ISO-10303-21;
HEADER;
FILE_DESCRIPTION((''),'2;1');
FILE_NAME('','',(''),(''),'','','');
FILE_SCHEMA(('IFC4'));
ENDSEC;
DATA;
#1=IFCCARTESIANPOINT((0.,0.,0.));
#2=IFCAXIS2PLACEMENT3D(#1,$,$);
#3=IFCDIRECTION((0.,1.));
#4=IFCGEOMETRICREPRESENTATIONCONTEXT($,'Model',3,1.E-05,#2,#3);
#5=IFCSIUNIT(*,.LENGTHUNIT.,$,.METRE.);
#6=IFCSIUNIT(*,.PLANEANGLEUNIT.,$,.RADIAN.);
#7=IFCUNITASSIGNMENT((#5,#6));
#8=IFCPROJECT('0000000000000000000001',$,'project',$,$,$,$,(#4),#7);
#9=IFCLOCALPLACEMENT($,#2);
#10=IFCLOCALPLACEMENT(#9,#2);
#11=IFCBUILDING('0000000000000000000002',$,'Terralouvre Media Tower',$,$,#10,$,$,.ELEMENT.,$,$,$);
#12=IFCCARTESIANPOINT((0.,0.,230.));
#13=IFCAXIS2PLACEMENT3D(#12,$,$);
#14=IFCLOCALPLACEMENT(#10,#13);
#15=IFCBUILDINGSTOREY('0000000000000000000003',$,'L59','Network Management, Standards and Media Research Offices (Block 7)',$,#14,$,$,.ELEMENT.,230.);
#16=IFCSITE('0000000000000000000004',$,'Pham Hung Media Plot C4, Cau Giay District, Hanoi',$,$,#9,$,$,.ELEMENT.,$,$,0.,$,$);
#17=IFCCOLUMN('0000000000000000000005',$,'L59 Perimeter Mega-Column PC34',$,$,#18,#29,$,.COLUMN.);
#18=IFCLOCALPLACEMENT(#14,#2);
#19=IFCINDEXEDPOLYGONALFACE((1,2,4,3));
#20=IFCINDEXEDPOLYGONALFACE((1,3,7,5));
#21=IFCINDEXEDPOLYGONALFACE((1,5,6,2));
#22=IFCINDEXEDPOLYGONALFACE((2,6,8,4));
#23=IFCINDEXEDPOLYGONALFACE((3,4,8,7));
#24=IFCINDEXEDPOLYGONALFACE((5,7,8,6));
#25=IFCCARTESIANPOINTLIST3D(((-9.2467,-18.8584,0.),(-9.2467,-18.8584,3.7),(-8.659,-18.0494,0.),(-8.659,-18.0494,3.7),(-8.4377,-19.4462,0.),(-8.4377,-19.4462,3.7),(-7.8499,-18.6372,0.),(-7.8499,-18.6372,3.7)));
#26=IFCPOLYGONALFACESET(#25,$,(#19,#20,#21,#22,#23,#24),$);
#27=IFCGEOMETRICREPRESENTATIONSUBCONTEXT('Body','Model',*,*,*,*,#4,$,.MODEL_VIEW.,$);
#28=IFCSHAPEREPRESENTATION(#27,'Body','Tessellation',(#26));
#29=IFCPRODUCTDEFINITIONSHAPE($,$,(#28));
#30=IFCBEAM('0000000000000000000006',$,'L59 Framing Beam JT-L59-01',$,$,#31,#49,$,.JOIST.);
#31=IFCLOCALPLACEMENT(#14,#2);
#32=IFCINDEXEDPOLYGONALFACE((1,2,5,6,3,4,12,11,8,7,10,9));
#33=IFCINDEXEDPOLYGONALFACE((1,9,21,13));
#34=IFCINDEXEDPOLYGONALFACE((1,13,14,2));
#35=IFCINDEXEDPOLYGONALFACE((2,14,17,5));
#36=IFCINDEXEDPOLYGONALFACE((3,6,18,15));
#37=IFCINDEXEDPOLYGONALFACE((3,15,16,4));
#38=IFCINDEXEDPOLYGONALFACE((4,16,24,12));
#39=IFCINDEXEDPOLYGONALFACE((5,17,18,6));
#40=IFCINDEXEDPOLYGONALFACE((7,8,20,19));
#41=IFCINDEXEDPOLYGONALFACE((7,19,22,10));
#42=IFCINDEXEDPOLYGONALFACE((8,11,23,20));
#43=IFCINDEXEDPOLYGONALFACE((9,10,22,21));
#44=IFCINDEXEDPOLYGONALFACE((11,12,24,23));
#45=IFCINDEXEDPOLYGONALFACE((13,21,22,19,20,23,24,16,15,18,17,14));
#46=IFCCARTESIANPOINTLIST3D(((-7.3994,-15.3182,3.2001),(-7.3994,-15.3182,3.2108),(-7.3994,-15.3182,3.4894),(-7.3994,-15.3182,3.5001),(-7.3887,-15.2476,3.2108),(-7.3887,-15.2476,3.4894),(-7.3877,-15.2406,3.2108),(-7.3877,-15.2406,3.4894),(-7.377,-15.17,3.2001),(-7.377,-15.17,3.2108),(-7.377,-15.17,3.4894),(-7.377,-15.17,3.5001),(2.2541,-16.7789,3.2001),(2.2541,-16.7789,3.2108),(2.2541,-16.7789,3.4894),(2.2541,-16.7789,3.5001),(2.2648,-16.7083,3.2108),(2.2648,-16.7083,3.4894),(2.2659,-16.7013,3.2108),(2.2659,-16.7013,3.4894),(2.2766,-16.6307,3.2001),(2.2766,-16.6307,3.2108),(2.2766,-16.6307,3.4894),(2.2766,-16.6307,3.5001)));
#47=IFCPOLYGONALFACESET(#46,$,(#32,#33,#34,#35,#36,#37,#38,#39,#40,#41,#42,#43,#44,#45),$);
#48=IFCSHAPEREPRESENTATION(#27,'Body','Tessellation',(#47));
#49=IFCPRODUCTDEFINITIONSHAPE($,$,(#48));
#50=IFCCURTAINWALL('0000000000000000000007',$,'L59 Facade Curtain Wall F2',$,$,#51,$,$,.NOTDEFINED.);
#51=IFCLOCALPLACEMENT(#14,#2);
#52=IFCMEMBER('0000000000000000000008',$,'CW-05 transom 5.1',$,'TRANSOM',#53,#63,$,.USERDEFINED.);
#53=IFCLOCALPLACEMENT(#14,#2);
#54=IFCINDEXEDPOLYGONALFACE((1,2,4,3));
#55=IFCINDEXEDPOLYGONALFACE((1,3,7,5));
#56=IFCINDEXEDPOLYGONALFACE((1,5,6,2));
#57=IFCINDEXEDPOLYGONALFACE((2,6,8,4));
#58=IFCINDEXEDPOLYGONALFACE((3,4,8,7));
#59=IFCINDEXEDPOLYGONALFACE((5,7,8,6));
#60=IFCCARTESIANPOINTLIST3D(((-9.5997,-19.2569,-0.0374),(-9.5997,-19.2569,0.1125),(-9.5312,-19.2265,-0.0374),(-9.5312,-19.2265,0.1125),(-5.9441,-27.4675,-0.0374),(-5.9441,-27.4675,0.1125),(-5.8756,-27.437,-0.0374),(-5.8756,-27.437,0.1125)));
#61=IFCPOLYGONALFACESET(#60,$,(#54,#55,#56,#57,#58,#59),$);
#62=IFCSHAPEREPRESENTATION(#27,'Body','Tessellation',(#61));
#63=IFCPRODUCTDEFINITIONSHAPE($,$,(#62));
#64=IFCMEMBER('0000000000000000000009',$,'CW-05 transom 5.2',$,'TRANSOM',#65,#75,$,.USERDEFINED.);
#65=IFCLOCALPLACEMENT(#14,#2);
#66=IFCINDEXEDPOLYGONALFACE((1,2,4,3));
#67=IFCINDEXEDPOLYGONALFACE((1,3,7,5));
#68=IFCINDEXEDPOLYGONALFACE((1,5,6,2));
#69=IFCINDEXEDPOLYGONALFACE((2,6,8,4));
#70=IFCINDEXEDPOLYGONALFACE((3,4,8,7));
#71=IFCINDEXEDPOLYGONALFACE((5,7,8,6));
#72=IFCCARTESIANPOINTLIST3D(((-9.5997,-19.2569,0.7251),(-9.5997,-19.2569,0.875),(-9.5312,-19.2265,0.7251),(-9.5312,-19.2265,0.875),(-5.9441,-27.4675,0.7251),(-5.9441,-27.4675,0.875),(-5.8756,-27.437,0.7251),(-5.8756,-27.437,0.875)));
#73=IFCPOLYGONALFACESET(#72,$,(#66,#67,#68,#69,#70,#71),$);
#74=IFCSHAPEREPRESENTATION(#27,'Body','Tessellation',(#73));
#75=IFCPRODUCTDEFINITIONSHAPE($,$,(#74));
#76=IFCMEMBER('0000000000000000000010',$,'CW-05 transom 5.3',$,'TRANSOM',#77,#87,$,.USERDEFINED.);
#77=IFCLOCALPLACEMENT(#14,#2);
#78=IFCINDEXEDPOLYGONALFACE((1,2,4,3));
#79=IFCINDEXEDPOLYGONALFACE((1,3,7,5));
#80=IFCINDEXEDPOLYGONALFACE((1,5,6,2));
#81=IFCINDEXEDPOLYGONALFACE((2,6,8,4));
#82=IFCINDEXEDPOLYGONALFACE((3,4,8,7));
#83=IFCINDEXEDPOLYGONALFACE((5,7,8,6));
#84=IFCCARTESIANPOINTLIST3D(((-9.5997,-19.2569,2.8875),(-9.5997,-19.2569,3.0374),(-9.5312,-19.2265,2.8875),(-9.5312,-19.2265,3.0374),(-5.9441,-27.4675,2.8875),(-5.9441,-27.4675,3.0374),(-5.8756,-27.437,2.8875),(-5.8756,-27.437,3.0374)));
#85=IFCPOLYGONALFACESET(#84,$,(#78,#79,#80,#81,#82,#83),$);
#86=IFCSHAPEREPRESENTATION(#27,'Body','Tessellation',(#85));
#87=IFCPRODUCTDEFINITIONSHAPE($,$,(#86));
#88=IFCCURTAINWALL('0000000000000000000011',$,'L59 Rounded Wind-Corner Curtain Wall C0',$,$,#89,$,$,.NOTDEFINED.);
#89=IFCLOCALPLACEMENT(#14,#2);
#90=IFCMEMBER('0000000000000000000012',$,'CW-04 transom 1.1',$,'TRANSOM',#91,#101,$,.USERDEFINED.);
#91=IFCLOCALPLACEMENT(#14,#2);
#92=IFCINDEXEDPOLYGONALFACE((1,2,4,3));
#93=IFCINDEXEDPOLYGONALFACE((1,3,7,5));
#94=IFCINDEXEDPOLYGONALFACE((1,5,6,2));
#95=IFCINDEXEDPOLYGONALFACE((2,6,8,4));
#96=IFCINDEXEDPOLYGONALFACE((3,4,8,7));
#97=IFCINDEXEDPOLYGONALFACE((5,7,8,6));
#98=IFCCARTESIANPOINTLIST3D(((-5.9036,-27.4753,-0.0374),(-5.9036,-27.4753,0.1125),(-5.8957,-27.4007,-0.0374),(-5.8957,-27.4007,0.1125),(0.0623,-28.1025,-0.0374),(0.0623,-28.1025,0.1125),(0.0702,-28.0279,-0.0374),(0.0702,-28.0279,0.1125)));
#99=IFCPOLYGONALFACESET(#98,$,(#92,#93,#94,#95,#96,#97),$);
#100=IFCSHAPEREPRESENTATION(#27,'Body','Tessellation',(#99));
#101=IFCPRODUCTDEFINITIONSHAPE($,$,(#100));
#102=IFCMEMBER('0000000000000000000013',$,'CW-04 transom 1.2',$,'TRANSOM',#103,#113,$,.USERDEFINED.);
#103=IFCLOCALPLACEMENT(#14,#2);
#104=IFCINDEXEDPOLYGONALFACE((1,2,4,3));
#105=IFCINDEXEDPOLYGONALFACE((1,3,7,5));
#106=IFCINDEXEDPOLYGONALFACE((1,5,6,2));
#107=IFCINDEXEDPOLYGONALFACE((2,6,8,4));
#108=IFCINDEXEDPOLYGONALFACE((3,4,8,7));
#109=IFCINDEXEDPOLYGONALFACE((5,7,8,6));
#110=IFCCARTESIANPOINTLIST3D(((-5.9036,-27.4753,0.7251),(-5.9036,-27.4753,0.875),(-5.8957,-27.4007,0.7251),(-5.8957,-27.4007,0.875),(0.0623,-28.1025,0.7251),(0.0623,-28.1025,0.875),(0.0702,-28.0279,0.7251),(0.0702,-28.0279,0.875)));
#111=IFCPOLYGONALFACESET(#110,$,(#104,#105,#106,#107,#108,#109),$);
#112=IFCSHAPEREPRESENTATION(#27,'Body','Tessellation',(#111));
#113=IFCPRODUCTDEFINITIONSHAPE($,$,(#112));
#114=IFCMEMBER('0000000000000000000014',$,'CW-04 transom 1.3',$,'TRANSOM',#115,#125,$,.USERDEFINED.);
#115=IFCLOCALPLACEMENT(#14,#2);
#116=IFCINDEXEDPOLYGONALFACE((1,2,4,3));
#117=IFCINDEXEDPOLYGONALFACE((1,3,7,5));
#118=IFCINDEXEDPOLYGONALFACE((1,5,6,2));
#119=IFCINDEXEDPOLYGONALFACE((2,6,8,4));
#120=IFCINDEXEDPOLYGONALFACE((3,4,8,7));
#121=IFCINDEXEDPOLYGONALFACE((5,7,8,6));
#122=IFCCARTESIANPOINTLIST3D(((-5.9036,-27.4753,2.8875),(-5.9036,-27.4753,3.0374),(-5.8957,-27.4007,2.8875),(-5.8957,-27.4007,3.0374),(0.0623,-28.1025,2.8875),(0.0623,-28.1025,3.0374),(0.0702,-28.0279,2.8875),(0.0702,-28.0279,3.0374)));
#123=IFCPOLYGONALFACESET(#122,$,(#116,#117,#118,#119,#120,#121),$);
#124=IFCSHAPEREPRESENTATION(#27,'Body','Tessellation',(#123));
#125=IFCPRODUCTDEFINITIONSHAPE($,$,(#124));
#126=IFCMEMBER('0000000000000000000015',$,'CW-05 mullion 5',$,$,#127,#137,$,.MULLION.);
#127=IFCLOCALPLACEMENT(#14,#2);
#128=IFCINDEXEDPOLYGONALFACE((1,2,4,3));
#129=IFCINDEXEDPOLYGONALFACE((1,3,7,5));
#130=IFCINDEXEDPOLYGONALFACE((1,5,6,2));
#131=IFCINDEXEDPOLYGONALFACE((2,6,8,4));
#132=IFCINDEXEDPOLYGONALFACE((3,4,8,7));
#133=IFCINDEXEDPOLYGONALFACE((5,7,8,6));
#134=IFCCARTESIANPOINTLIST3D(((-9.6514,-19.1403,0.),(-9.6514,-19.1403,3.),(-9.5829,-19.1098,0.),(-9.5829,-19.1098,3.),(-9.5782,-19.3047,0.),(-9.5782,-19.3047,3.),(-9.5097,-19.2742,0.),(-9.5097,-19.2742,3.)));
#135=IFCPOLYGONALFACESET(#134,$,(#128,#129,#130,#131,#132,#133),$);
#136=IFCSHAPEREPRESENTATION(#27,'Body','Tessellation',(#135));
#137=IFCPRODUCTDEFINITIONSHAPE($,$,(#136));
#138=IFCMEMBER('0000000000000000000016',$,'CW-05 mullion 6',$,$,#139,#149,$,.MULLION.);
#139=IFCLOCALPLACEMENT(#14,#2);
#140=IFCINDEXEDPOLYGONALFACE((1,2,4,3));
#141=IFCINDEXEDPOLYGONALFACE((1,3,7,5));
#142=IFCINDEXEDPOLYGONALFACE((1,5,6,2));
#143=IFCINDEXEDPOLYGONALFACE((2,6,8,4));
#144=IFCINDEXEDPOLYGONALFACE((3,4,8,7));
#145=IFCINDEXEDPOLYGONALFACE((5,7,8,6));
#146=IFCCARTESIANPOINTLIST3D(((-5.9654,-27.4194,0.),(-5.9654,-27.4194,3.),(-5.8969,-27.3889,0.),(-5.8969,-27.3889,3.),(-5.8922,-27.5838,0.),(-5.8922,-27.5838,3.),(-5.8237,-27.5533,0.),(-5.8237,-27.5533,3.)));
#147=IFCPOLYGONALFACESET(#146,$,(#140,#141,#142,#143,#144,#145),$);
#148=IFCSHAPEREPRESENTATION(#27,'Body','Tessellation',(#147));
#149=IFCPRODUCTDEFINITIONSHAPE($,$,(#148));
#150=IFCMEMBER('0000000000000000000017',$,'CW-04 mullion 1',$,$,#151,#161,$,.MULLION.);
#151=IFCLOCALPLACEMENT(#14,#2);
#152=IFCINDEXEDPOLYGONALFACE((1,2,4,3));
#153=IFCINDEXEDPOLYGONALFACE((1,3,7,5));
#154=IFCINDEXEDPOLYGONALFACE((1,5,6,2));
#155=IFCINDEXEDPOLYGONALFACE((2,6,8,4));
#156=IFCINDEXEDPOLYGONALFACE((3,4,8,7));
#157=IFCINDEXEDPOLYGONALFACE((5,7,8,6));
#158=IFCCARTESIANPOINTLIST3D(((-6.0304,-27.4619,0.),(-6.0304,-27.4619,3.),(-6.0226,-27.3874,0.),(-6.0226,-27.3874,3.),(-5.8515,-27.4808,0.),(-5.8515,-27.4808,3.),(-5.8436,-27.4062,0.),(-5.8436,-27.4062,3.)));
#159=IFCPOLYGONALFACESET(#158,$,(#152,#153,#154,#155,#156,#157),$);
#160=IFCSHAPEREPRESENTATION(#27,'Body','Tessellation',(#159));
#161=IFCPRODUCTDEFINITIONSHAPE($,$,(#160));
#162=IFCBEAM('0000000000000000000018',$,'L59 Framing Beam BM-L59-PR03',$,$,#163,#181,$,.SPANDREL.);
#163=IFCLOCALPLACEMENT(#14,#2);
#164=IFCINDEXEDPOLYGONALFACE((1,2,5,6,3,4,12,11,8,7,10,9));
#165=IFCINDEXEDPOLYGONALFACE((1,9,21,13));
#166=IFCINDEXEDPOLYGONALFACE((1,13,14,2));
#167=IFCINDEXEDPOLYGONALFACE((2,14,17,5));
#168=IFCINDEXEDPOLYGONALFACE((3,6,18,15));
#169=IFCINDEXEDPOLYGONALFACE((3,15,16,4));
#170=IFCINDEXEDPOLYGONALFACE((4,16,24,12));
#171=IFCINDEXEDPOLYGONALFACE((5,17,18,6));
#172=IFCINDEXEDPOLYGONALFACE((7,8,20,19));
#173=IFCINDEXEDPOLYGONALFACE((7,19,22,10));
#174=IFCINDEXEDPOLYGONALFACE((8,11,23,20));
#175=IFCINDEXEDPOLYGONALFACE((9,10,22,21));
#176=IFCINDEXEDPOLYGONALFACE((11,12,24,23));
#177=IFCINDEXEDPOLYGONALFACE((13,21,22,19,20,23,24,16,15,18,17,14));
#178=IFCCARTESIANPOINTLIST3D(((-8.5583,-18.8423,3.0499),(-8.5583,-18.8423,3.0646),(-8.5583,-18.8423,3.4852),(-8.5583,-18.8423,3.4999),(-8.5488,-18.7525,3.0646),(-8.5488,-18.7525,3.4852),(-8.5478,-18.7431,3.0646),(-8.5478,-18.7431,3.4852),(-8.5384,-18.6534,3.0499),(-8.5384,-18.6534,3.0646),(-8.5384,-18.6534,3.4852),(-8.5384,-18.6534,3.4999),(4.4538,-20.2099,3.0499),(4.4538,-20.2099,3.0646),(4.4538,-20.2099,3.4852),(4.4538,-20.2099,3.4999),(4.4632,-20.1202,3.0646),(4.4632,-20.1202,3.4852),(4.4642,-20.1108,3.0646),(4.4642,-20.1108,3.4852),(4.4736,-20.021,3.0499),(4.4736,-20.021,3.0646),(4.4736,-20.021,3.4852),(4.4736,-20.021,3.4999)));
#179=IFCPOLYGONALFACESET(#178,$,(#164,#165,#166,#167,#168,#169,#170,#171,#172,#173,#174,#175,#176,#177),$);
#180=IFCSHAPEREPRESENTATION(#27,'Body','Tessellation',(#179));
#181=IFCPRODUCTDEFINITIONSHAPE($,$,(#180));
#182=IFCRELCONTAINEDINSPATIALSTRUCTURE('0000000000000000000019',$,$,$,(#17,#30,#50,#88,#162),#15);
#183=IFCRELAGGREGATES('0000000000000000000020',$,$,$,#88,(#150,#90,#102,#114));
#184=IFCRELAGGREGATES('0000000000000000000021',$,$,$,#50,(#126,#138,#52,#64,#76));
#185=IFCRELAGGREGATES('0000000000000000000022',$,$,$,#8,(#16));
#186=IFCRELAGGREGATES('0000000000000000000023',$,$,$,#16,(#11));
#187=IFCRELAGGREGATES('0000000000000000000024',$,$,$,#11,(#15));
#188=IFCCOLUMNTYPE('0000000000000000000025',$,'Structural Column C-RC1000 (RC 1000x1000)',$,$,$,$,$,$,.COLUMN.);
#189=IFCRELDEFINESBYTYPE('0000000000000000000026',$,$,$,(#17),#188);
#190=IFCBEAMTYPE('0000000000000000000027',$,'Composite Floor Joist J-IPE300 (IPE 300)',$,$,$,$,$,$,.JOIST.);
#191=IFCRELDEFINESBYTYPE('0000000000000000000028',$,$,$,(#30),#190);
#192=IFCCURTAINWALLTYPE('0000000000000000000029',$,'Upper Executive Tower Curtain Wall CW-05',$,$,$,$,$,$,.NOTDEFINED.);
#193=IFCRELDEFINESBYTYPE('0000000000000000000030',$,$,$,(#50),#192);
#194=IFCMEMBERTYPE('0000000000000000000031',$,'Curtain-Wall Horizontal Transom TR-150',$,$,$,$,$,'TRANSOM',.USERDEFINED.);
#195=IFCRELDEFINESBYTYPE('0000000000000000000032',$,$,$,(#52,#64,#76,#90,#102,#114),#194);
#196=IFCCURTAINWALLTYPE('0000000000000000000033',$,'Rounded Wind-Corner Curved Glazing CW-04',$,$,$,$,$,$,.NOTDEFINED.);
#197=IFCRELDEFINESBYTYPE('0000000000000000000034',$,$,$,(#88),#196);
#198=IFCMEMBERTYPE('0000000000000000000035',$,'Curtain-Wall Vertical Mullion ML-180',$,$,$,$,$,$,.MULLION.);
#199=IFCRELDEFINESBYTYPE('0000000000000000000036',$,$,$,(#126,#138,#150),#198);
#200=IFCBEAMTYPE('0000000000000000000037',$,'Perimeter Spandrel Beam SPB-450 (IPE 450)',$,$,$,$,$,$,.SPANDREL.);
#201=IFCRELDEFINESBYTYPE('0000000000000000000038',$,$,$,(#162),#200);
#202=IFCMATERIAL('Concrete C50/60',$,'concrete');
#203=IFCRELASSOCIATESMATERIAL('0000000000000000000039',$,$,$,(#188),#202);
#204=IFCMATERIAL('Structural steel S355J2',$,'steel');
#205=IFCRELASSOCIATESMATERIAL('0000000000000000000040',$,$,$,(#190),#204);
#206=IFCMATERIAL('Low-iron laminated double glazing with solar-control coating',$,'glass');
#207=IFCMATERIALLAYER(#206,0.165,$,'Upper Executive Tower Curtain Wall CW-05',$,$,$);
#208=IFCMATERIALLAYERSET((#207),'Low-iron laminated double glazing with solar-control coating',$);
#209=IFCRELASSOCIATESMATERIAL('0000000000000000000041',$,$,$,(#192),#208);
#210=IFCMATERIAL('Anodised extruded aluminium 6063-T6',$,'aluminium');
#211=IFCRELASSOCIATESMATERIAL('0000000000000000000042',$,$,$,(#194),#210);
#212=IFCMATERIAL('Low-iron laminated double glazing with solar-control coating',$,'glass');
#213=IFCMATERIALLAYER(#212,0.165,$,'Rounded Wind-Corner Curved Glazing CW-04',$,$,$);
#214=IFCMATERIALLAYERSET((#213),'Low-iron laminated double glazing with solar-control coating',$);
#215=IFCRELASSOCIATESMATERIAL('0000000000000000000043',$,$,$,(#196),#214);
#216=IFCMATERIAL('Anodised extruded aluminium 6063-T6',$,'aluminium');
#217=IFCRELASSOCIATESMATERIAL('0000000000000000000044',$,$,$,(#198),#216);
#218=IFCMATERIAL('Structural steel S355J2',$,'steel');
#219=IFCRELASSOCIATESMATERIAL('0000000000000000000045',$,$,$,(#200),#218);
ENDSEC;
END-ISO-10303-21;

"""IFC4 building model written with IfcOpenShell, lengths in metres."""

from ifc_helpers import new_model, si_unit, direction, frame, origin, origin_2d, place, context, subcontext, project, spatial, rectangle, i_section, extrude, material, layer, layer_set, material_profile, profile_set, type_object, element, aggregate, save


model = new_model("IFC4")

# Units and contexts
model_context = context("Model", 3, precision=1e-05, world=origin(), true_north=direction((0.0, 1.0)))
body_context = subcontext(model_context, "Body", "Model", "MODEL_VIEW")
ifc_project = project(units=[si_unit("LENGTHUNIT", "METRE"), si_unit("PLANEANGLEUNIT", "RADIAN")], contexts=[model_context])

# Site, building, storey
site_placement = place(None, origin())
site = spatial("IfcSite", under=ifc_project, at=site_placement, Name="Pham Hung Media Plot C4, Cau Giay District, Hanoi", CompositionType="ELEMENT", RefElevation=0.0)
building_placement = place(site_placement, origin())
building = spatial("IfcBuilding", under=site, at=building_placement, Name="Terralouvre Media Tower", CompositionType="ELEMENT")
storey_placement = place(building_placement, frame((0.0, 0.0, 230.0)))
storey = spatial("IfcBuildingStorey", under=building, at=storey_placement, Name="L59", Description="Network Management, Standards and Media Research Offices (Block 7)", CompositionType="ELEMENT", Elevation=230.0)

# Column
ifc_material_1 = material(Name="Concrete C50/60", Category="concrete")
ifc_material_profile_1 = material_profile(ifc_material_1, rectangle(XDim=1.0, YDim=1.0, at=origin_2d()), Name="RC 1000x1000")
ifc_profile_set_1 = profile_set([ifc_material_profile_1], Name="Concrete C50/60")
column_type = type_object("IfcColumnType", Name="Structural Column C-RC1000 (RC 1000x1000)", PredefinedType="COLUMN", material=ifc_profile_set_1)
column_placement = place(storey_placement, frame((-8.5483, -18.7478, 0.0), z_axis=(0.0, 0.0, 1.0), x_axis=(0.587785, 0.809017, 0.0)))
element("IfcColumn", 1, at=column_placement, inside=storey, type_object=column_type, Name="L59 Perimeter Mega-Column PC34", PredefinedType="COLUMN", context=body_context, shape_type="SweptSolid", body=[
    extrude(rectangle(XDim=1.0, YDim=1.0, at=origin_2d()), origin(), (0.0, 0.0, 1.0), 3.7),
])

# Beam
ifc_material_2 = material(Name="Structural steel S355J2", Category="steel")
ifc_material_profile_2 = material_profile(ifc_material_2, i_section(OverallWidth=0.1499, OverallDepth=0.3, WebThickness=0.0071, FlangeThickness=0.0107, at=origin_2d()), Name="IPE 300")
ifc_profile_set_2 = profile_set([ifc_material_profile_2], Name="Structural steel S355J2")
beam_type_1 = type_object("IfcBeamType", Name="Composite Floor Joist J-IPE300 (IPE 300)", PredefinedType="JOIST", material=ifc_profile_set_2)
beam_1_placement = place(storey_placement, frame((-7.3882, -15.2441, 3.3501), z_axis=(0.988745, -0.149608, 0.0), x_axis=(0.149608, 0.988745, 0.0)))
element("IfcBeam", 2, at=beam_1_placement, inside=storey, type_object=beam_type_1, Name="L59 Framing Beam JT-L59-01", PredefinedType="JOIST", context=body_context, shape_type="SweptSolid", body=[
    extrude(i_section(OverallWidth=0.1499, OverallDepth=0.3, WebThickness=0.0071, FlangeThickness=0.0107, at=origin_2d()), origin(), (0.0, 0.0, 1.0), 9.7634),
])

# Curtain walls, members
ifc_material_3 = material(Name="Low-iron laminated double glazing with solar-control coating", Category="glass")
ifc_layer_1 = layer(ifc_material_3, 0.165, Name="Upper Executive Tower Curtain Wall CW-05")
ifc_layer_set_1 = layer_set([ifc_layer_1], Name="Low-iron laminated double glazing with solar-control coating")
curtain_wall_type_1 = type_object("IfcCurtainWallType", Name="Upper Executive Tower Curtain Wall CW-05", PredefinedType="NOTDEFINED", material=ifc_layer_set_1)
curtain_wall_1_placement = place(storey_placement, origin())
curtain_wall_1 = element("IfcCurtainWall", 3, at=curtain_wall_1_placement, inside=storey, type_object=curtain_wall_type_1, Name="L59 Facade Curtain Wall F2", PredefinedType="NOTDEFINED")
ifc_material_4 = material(Name="Anodised extruded aluminium 6063-T6", Category="aluminium")
ifc_material_profile_3 = material_profile(ifc_material_4, rectangle(XDim=0.075, YDim=0.1499, at=origin_2d()), Name="ALU 75x150")
ifc_profile_set_3 = profile_set([ifc_material_profile_3], Name="Anodised extruded aluminium 6063-T6")
member_type_1 = type_object("IfcMemberType", Name="Curtain-Wall Horizontal Transom TR-150", ElementType="TRANSOM", PredefinedType="USERDEFINED", material=ifc_profile_set_3)
member_1_placement = place(storey_placement, frame((-9.5654, -19.2417, 0.0376), z_axis=(0.406736, -0.913546, 0.0), x_axis=(0.913546, 0.406736, 0.0)))
member_1 = element("IfcMember", 4, at=member_1_placement, type_object=member_type_1, Name="CW-05 transom 5.1", ObjectType="TRANSOM", PredefinedType="USERDEFINED", context=body_context, shape_type="SweptSolid", body=[
    extrude(rectangle(XDim=0.075, YDim=0.1499, at=origin_2d()), origin(), (0.0, 0.0, 1.0), 8.9875),
])
member_2_placement = place(storey_placement, frame((-9.5654, -19.2417, 0.8), z_axis=(0.406736, -0.913546, 0.0), x_axis=(0.913546, 0.406736, 0.0)))
member_2 = element("IfcMember", 5, at=member_2_placement, type_object=member_type_1, Name="CW-05 transom 5.2", ObjectType="TRANSOM", PredefinedType="USERDEFINED", context=body_context, shape_type="SweptSolid", body=[
    extrude(rectangle(XDim=0.075, YDim=0.1499, at=origin_2d()), origin(), (0.0, 0.0, 1.0), 8.9875),
])
member_3_placement = place(storey_placement, frame((-9.5654, -19.2417, 2.9624), z_axis=(0.406736, -0.913546, 0.0), x_axis=(0.913546, 0.406736, 0.0)))
member_3 = element("IfcMember", 6, at=member_3_placement, type_object=member_type_1, Name="CW-05 transom 5.3", ObjectType="TRANSOM", PredefinedType="USERDEFINED", context=body_context, shape_type="SweptSolid", body=[
    extrude(rectangle(XDim=0.075, YDim=0.1499, at=origin_2d()), origin(), (0.0, 0.0, 1.0), 8.9875),
])
ifc_material_5 = material(Name="Low-iron laminated double glazing with solar-control coating", Category="glass")
ifc_layer_2 = layer(ifc_material_5, 0.165, Name="Rounded Wind-Corner Curved Glazing CW-04")
ifc_layer_set_2 = layer_set([ifc_layer_2], Name="Low-iron laminated double glazing with solar-control coating")
curtain_wall_type_2 = type_object("IfcCurtainWallType", Name="Rounded Wind-Corner Curved Glazing CW-04", PredefinedType="NOTDEFINED", material=ifc_layer_set_2)
curtain_wall_2_placement = place(storey_placement, origin())
curtain_wall_2 = element("IfcCurtainWall", 7, at=curtain_wall_2_placement, inside=storey, type_object=curtain_wall_type_2, Name="L59 Rounded Wind-Corner Curtain Wall C0", PredefinedType="NOTDEFINED")
member_4_placement = place(storey_placement, frame((-5.8997, -27.438, 0.0376), z_axis=(0.994519, -0.104556, 0.0), x_axis=(0.104556, 0.994519, 0.0)))
member_4 = element("IfcMember", 8, at=member_4_placement, type_object=member_type_1, Name="CW-04 transom 1.1", ObjectType="TRANSOM", PredefinedType="USERDEFINED", context=body_context, shape_type="SweptSolid", body=[
    extrude(rectangle(XDim=0.075, YDim=0.1499, at=origin_2d()), origin(), (0.0, 0.0, 1.0), 5.9988),
])
member_5_placement = place(storey_placement, frame((-5.8997, -27.438, 0.8), z_axis=(0.994519, -0.104556, 0.0), x_axis=(0.104556, 0.994519, 0.0)))
member_5 = element("IfcMember", 9, at=member_5_placement, type_object=member_type_1, Name="CW-04 transom 1.2", ObjectType="TRANSOM", PredefinedType="USERDEFINED", context=body_context, shape_type="SweptSolid", body=[
    extrude(rectangle(XDim=0.075, YDim=0.1499, at=origin_2d()), origin(), (0.0, 0.0, 1.0), 5.9988),
])
member_6_placement = place(storey_placement, frame((-5.8997, -27.438, 2.9624), z_axis=(0.994519, -0.104556, 0.0), x_axis=(0.104556, 0.994519, 0.0)))
member_6 = element("IfcMember", 10, at=member_6_placement, type_object=member_type_1, Name="CW-04 transom 1.3", ObjectType="TRANSOM", PredefinedType="USERDEFINED", context=body_context, shape_type="SweptSolid", body=[
    extrude(rectangle(XDim=0.075, YDim=0.1499, at=origin_2d()), origin(), (0.0, 0.0, 1.0), 5.9988),
])

# Members
ifc_material_6 = material(Name="Anodised extruded aluminium 6063-T6", Category="aluminium")
ifc_material_profile_4 = material_profile(ifc_material_6, rectangle(XDim=0.075, YDim=0.1799, at=origin_2d()), Name="ALU 75x180")
ifc_profile_set_4 = profile_set([ifc_material_profile_4], Name="Anodised extruded aluminium 6063-T6")
member_type_2 = type_object("IfcMemberType", Name="Curtain-Wall Vertical Mullion ML-180", PredefinedType="MULLION", material=ifc_profile_set_4)
member_7_placement = place(storey_placement, frame((-9.5806, -19.2073, 0.0), z_axis=(0.0, 0.0, 1.0), x_axis=(0.913545, 0.406737, 0.0)))
member_7 = element("IfcMember", 11, at=member_7_placement, type_object=member_type_2, Name="CW-05 mullion 5", PredefinedType="MULLION", context=body_context, shape_type="SweptSolid", body=[
    extrude(rectangle(XDim=0.075, YDim=0.1799, at=origin_2d()), origin(), (0.0, 0.0, 1.0), 3.0),
])
member_8_placement = place(storey_placement, frame((-5.8945, -27.4863, 0.0), z_axis=(0.0, 0.0, 1.0), x_axis=(0.913545, 0.406737, 0.0)))
member_8 = element("IfcMember", 12, at=member_8_placement, type_object=member_type_2, Name="CW-05 mullion 6", PredefinedType="MULLION", context=body_context, shape_type="SweptSolid", body=[
    extrude(rectangle(XDim=0.075, YDim=0.1799, at=origin_2d()), origin(), (0.0, 0.0, 1.0), 3.0),
])
member_9_placement = place(storey_placement, frame((-5.937, -27.4341, 0.0), z_axis=(0.0, 0.0, 1.0), x_axis=(0.104528, 0.994522, 0.0)))
member_9 = element("IfcMember", 13, at=member_9_placement, type_object=member_type_2, Name="CW-04 mullion 1", PredefinedType="MULLION", context=body_context, shape_type="SweptSolid", body=[
    extrude(rectangle(XDim=0.075, YDim=0.1799, at=origin_2d()), origin(), (0.0, 0.0, 1.0), 3.0),
])

# Beam
ifc_material_7 = material(Name="Structural steel S355J2", Category="steel")
ifc_material_profile_5 = material_profile(ifc_material_7, i_section(OverallWidth=0.1899, OverallDepth=0.45, WebThickness=0.0095, FlangeThickness=0.0146, at=origin_2d()), Name="IPE 450")
ifc_profile_set_5 = profile_set([ifc_material_profile_5], Name="Structural steel S355J2")
beam_type_2 = type_object("IfcBeamType", Name="Perimeter Spandrel Beam SPB-450 (IPE 450)", PredefinedType="SPANDREL", material=ifc_profile_set_5)
beam_2_placement = place(storey_placement, frame((-8.5483, -18.7478, 3.2749), z_axis=(0.994521, -0.104533, 0.0), x_axis=(0.104533, 0.994521, 0.0)))
element("IfcBeam", 14, at=beam_2_placement, inside=storey, type_object=beam_type_2, Name="L59 Framing Beam BM-L59-PR03", PredefinedType="SPANDREL", context=body_context, shape_type="SweptSolid", body=[
    extrude(i_section(OverallWidth=0.1899, OverallDepth=0.45, WebThickness=0.0095, FlangeThickness=0.0146, at=origin_2d()), origin(), (0.0, 0.0, 1.0), 13.0837),
])

aggregate(curtain_wall_2, [member_9, member_4, member_5, member_6])
aggregate(curtain_wall_1, [member_7, member_8, member_1, member_2, member_3])

save(model, "model.ifc")
